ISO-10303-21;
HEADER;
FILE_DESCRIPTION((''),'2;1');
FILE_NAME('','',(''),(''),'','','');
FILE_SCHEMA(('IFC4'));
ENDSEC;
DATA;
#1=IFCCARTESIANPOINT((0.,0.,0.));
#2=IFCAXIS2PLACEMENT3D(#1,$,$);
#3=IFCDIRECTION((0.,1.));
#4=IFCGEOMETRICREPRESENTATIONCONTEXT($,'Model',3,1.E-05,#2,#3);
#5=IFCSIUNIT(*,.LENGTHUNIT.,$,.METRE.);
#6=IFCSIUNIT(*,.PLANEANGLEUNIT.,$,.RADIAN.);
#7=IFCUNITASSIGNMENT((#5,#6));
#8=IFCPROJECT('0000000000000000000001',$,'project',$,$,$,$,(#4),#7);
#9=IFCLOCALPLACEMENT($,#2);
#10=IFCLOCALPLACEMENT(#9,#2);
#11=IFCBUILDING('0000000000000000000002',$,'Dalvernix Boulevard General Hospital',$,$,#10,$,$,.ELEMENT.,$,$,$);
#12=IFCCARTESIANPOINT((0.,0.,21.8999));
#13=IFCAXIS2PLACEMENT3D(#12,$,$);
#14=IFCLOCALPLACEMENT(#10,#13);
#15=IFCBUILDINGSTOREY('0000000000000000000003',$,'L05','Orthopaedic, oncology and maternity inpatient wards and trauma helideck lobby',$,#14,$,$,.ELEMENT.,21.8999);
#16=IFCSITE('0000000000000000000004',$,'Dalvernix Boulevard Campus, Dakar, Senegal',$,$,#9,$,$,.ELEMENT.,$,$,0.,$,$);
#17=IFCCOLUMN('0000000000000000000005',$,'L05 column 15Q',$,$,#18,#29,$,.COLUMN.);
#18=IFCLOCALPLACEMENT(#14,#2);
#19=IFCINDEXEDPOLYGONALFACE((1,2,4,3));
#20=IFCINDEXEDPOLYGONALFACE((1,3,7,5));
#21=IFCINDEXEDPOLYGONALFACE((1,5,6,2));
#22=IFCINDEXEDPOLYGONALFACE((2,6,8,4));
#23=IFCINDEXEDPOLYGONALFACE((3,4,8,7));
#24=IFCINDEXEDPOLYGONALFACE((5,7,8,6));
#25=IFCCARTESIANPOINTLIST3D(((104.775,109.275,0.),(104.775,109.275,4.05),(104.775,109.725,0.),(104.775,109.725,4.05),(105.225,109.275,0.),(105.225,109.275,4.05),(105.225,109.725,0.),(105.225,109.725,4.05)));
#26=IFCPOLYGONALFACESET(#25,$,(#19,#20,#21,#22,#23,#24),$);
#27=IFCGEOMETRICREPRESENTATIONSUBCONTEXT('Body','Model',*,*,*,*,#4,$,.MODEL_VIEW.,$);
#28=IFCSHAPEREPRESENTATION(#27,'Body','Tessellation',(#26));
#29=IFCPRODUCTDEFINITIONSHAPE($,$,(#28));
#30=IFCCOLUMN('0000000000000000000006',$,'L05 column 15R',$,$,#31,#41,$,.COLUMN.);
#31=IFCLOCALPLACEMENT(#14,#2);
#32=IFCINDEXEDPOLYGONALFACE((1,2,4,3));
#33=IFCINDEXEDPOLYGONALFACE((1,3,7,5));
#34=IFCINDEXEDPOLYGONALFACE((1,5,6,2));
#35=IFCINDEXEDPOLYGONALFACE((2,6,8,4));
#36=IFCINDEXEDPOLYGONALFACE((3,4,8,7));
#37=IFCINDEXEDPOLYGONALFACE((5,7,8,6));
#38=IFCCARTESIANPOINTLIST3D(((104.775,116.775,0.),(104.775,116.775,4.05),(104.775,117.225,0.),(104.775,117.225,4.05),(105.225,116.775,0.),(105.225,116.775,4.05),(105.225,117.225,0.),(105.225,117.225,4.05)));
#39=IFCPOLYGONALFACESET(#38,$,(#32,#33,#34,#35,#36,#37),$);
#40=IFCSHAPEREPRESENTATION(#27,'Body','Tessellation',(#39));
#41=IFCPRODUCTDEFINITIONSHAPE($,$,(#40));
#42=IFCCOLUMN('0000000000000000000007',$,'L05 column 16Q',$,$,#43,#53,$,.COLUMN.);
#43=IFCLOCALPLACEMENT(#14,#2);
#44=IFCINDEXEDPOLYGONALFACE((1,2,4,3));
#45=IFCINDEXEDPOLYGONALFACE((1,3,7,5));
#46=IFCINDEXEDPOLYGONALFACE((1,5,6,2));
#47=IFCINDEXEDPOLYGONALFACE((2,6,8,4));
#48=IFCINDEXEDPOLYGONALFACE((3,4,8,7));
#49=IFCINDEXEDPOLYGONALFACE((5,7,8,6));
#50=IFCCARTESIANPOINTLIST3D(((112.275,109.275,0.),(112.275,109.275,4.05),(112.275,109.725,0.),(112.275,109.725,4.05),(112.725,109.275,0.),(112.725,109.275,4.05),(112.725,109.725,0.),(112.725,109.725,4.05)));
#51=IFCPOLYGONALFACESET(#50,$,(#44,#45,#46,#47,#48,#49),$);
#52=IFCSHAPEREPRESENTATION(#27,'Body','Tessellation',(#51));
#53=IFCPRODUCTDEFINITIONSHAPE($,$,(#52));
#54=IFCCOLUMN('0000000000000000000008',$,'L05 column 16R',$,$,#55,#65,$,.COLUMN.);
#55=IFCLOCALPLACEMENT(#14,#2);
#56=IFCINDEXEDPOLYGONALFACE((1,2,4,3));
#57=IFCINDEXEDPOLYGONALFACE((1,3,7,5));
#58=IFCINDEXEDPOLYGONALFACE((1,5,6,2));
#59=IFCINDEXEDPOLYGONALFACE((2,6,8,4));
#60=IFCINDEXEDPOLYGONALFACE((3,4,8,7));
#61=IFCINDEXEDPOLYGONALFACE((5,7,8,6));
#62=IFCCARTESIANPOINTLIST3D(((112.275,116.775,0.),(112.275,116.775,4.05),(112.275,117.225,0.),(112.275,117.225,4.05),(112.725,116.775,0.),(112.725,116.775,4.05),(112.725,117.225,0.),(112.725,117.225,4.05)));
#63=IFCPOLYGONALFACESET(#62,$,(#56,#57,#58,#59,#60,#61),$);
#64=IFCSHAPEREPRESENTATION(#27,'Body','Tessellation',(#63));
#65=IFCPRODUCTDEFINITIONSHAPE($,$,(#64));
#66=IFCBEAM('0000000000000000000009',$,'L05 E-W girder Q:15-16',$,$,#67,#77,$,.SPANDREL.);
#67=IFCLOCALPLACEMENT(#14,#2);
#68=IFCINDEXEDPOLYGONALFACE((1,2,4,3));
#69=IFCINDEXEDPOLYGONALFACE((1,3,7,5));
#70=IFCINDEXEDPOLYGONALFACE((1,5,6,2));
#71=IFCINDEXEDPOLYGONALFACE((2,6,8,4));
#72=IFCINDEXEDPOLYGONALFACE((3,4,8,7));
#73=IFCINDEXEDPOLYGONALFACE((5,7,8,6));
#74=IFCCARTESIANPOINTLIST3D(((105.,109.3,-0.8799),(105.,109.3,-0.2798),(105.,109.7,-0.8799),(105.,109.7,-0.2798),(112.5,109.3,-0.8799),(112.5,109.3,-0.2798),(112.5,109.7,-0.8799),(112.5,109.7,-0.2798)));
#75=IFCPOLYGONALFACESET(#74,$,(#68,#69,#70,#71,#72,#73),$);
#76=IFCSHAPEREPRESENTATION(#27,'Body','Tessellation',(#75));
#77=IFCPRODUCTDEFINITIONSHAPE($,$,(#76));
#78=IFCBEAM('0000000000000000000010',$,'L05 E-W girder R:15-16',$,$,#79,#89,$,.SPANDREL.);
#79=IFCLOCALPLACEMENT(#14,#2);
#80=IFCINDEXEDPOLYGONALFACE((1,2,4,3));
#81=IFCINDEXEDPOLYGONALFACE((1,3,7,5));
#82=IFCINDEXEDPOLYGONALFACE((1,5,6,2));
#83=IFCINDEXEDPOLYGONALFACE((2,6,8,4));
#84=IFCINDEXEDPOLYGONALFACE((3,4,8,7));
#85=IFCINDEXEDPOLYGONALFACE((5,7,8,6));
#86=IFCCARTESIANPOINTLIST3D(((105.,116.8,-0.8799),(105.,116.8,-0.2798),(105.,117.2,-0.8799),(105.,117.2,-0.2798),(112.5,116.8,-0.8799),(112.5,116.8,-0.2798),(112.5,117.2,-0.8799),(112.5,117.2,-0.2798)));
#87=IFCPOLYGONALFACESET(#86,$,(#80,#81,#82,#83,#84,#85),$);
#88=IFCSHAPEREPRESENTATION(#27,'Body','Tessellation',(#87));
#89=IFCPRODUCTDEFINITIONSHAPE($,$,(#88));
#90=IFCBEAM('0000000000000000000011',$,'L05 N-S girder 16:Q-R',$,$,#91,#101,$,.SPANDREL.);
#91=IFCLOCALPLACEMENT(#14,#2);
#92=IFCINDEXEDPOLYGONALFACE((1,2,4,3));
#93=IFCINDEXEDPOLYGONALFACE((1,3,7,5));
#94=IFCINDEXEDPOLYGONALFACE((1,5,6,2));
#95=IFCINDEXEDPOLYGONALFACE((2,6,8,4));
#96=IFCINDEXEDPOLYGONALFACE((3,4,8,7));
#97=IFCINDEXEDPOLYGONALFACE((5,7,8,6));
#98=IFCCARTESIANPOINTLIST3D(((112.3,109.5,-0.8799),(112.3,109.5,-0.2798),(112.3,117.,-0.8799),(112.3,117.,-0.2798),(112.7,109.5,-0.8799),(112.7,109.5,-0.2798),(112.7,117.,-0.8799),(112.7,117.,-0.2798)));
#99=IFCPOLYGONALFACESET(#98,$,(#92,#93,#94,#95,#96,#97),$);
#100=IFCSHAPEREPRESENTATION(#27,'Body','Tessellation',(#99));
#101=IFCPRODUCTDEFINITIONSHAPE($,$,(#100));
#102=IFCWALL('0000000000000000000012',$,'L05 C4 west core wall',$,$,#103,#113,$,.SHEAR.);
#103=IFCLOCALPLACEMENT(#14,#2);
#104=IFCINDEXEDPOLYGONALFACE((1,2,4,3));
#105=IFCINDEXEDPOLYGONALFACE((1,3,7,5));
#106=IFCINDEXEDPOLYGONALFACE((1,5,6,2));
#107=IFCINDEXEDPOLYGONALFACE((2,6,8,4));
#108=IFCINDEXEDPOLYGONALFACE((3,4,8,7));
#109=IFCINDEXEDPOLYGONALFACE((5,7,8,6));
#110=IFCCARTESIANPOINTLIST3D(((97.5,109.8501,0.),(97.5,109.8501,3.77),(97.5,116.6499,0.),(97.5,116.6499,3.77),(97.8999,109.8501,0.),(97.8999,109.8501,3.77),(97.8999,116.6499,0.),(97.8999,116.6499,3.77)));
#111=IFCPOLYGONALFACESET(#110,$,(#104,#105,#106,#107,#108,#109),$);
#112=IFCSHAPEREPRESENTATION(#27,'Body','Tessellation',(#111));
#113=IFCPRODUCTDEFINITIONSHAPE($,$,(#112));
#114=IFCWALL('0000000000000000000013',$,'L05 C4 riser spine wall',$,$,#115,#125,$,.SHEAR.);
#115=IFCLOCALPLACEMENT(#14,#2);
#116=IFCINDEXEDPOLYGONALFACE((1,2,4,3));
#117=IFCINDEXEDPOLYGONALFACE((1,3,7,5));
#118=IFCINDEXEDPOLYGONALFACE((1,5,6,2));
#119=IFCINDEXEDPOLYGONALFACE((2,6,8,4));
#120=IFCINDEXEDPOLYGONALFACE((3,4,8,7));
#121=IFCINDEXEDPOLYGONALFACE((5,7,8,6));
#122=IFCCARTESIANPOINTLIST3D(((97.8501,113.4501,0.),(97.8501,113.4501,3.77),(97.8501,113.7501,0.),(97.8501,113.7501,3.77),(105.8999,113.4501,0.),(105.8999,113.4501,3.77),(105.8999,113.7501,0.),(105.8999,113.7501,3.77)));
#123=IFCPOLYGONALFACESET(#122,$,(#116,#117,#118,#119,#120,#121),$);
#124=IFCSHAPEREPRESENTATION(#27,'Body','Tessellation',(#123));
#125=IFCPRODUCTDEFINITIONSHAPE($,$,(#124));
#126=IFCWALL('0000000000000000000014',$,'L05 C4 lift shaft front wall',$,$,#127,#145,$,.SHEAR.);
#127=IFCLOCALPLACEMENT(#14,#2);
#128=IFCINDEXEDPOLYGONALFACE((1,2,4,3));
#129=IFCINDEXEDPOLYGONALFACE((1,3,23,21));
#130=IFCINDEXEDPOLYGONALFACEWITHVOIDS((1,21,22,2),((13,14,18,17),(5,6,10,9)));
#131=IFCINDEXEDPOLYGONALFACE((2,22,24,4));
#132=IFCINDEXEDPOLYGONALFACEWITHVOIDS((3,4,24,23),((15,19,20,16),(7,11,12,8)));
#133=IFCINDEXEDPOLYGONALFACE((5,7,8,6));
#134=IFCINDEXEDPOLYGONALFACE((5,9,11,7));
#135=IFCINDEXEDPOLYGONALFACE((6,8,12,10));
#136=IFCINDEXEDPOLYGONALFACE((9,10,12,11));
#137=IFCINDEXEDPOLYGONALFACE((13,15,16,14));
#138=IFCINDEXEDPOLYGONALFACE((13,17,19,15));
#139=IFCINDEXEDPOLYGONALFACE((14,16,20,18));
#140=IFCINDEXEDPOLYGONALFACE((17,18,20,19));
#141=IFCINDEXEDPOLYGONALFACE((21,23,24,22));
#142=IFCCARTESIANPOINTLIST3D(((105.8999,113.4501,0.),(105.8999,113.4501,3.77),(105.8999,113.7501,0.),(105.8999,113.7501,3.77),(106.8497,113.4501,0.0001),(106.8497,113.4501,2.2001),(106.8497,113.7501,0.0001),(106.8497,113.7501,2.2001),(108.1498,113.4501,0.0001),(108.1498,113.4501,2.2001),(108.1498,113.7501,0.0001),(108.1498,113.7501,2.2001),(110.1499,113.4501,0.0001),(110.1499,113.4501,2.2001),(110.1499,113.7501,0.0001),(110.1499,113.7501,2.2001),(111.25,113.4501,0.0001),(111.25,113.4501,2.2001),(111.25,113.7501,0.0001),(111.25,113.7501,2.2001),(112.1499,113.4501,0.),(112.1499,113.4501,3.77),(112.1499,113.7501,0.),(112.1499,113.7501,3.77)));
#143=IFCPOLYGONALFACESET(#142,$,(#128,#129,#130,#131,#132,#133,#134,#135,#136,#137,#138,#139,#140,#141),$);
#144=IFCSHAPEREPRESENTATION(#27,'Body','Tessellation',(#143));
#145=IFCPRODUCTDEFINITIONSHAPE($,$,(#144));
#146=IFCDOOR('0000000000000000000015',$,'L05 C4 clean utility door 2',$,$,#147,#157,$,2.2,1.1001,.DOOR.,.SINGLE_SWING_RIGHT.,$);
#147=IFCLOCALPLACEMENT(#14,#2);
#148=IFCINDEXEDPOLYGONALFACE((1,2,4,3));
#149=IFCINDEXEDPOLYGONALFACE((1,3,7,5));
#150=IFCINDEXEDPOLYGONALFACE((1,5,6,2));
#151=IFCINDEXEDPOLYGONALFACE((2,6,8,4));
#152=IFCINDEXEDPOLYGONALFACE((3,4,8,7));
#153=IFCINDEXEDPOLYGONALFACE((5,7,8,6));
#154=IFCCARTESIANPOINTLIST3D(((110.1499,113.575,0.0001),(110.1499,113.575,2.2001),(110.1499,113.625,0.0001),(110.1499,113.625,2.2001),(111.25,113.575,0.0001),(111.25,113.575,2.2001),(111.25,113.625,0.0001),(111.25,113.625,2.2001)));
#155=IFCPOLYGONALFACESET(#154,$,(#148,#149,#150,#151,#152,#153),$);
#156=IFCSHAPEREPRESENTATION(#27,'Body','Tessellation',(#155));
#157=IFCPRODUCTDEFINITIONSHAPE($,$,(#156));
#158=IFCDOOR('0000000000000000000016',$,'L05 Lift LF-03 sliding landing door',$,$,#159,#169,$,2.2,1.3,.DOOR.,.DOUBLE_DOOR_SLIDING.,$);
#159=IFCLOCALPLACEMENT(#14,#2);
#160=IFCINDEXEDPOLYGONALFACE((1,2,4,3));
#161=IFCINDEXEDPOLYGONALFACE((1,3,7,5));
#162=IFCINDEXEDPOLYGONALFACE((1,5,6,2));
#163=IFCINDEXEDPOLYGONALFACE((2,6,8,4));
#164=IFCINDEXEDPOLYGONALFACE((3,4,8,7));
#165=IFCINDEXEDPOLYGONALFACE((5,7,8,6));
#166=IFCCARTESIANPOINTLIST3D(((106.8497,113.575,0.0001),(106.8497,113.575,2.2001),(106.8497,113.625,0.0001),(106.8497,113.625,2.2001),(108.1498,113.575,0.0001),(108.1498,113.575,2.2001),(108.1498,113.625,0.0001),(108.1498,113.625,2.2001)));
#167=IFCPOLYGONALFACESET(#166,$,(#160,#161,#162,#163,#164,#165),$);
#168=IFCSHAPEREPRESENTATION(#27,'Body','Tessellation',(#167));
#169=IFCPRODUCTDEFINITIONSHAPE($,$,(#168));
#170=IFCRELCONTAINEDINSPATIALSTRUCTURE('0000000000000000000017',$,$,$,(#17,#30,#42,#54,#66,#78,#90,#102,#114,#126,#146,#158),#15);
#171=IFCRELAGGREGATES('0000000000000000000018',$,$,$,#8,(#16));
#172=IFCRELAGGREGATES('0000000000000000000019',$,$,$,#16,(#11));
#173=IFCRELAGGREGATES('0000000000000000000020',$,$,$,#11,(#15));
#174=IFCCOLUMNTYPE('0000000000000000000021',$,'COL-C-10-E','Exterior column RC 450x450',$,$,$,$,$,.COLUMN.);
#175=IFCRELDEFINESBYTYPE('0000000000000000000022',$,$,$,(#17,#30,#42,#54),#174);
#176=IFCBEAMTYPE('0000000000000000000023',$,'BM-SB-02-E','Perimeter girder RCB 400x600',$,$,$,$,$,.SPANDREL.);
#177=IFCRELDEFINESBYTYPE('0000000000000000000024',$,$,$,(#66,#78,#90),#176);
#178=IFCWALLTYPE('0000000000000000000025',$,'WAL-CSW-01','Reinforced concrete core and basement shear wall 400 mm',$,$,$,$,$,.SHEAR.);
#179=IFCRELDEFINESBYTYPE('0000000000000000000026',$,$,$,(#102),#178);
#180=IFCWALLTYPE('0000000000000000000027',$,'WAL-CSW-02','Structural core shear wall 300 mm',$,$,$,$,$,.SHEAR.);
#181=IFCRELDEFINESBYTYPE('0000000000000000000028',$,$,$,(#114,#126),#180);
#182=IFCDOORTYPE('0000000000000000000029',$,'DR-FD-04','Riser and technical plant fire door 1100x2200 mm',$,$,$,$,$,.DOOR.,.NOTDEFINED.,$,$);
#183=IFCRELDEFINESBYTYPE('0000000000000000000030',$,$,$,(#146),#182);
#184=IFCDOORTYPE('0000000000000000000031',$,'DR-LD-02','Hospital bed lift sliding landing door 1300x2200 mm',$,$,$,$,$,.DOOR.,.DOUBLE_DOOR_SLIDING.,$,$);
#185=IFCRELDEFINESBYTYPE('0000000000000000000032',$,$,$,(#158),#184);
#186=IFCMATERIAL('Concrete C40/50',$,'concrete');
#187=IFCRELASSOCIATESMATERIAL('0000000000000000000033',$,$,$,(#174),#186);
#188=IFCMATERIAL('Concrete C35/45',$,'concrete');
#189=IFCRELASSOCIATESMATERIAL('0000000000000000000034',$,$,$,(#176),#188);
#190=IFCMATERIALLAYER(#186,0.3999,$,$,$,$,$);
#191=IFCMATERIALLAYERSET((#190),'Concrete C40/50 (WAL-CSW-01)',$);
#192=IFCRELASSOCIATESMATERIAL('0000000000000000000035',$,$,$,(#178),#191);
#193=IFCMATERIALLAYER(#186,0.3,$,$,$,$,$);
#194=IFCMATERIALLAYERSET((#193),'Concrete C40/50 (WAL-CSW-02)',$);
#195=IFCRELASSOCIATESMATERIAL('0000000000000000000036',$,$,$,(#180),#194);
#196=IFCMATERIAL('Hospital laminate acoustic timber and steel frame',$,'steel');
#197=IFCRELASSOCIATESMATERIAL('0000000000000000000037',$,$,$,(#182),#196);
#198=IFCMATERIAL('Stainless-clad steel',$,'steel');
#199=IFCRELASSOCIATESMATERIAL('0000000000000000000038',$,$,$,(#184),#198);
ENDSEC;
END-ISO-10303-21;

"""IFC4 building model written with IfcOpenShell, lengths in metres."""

from ifc_helpers import new_model, si_unit, direction, frame, frame_2d, origin, origin_2d, place, context, subcontext, project, spatial, rectangle, extrude, material, layer, layer_set, material_profile, profile_set, type_object, element, fill, save


model = new_model("IFC4")

# Units and contexts
model_context = context("Model", 3, precision=1e-05, world=origin(), true_north=direction((0.0, 1.0)))
body_context = subcontext(model_context, "Body", "Model", "MODEL_VIEW")
ifc_project = project(units=[si_unit("LENGTHUNIT", "METRE"), si_unit("PLANEANGLEUNIT", "RADIAN")], contexts=[model_context])

# Site, building, storey
site_placement = place(None, origin())
site = spatial("IfcSite", under=ifc_project, at=site_placement, Name="Dalvernix Boulevard Campus, Dakar, Senegal", CompositionType="ELEMENT", RefElevation=0.0)
building_placement = place(site_placement, origin())
building = spatial("IfcBuilding", under=site, at=building_placement, Name="Dalvernix Boulevard General Hospital", CompositionType="ELEMENT")
storey_placement = place(building_placement, frame((0.0, 0.0, 21.8999)))
storey = spatial("IfcBuildingStorey", under=building, at=storey_placement, Name="L05", Description="Orthopaedic, oncology and maternity inpatient wards and trauma helideck lobby", CompositionType="ELEMENT", Elevation=21.8999)

# Columns
ifc_material_1 = material(Name="Concrete C40/50", Category="concrete")
ifc_material_profile_1 = material_profile(ifc_material_1, rectangle(XDim=0.45, YDim=0.45, at=origin_2d()), Name="RC 450x450")
ifc_profile_set_1 = profile_set([ifc_material_profile_1], Name="Concrete C40/50")
column_type = type_object("IfcColumnType", Name="COL-C-10-E", Description="Exterior column RC 450x450", PredefinedType="COLUMN", material=ifc_profile_set_1)
for number, where, z_axis, x_axis, name in (
    (1, (105.0, 109.5, 0.0), (0.0, 0.0, 1.0), (1.0, 0.0, 0.0), "L05 column 15Q"),
    (2, (105.0, 117.0, 0.0), (0.0, 0.0, 1.0), (1.0, 0.0, 0.0), "L05 column 15R"),
    (3, (112.5, 109.5, 0.0), (0.0, 0.0, 1.0), (1.0, 0.0, 0.0), "L05 column 16Q"),
    (4, (112.5, 117.0, 0.0), (0.0, 0.0, 1.0), (1.0, 0.0, 0.0), "L05 column 16R"),
):
    element("IfcColumn", number, at=place(storey_placement, frame(where, z_axis=z_axis, x_axis=x_axis)), inside=storey, type_object=column_type, Name=name, PredefinedType="COLUMN", context=body_context, shape_type="SweptSolid", body=[
        extrude(rectangle(XDim=0.45, YDim=0.45, at=origin_2d()), origin(), (0.0, 0.0, 1.0), 4.05),
    ])

# Beams
ifc_material_2 = material(Name="Concrete C35/45", Category="concrete")
ifc_material_profile_2 = material_profile(ifc_material_2, rectangle(XDim=0.3999, YDim=0.6001, at=origin_2d()), Name="RCB 400x600")
ifc_profile_set_2 = profile_set([ifc_material_profile_2], Name="Concrete C35/45")
beam_type = type_object("IfcBeamType", Name="BM-SB-02-E", Description="Perimeter girder RCB 400x600", PredefinedType="SPANDREL", material=ifc_profile_set_2)
for number, where, z_axis, x_axis, name in (
    (5, (105.0, 109.5, -0.5798), (1.0, 0.0, 0.0), (0.0, 1.0, 0.0), "L05 E-W girder Q:15-16"),
    (6, (105.0, 117.0, -0.5798), (1.0, 0.0, 0.0), (0.0, 1.0, 0.0), "L05 E-W girder R:15-16"),
    (7, (112.5, 109.5, -0.5798), (0.0, 1.0, 0.0), (-1.0, 0.0, 0.0), "L05 N-S girder 16:Q-R"),
):
    element("IfcBeam", number, at=place(storey_placement, frame(where, z_axis=z_axis, x_axis=x_axis)), inside=storey, type_object=beam_type, Name=name, PredefinedType="SPANDREL", context=body_context, shape_type="SweptSolid", body=[
        extrude(rectangle(XDim=0.3999, YDim=0.6001, at=origin_2d()), origin(), (0.0, 0.0, 1.0), 7.5),
    ])

# Walls
ifc_layer_1 = layer(ifc_material_1, 0.3999)
ifc_layer_set_1 = layer_set([ifc_layer_1], Name="Concrete C40/50 (WAL-CSW-01)")
wall_type_1 = type_object("IfcWallType", Name="WAL-CSW-01", Description="Reinforced concrete core and basement shear wall 400 mm", PredefinedType="SHEAR", material=ifc_layer_set_1)
wall_1_placement = place(storey_placement, frame((97.7, 109.8501, 0.0), z_axis=(0.0, 0.0, 1.0), x_axis=(0.0, 1.0, 0.0)))
element("IfcWall", 8, at=wall_1_placement, inside=storey, type_object=wall_type_1, Name="L05 C4 west core wall", PredefinedType="SHEAR", context=body_context, shape_type="SweptSolid", body=[
    extrude(rectangle(XDim=6.7998, YDim=0.3999, at=frame_2d((3.3999, 0.0))), origin(), (0.0, 0.0, 1.0), 3.77),
])
ifc_layer_2 = layer(ifc_material_1, 0.3)
ifc_layer_set_2 = layer_set([ifc_layer_2], Name="Concrete C40/50 (WAL-CSW-02)")
wall_type_2 = type_object("IfcWallType", Name="WAL-CSW-02", Description="Structural core shear wall 300 mm", PredefinedType="SHEAR", material=ifc_layer_set_2)
wall_2_placement = place(storey_placement, frame((97.8501, 113.6001, 0.0), z_axis=(0.0, 0.0, 1.0), x_axis=(1.0, 0.0, 0.0)))
element("IfcWall", 9, at=wall_2_placement, inside=storey, type_object=wall_type_2, Name="L05 C4 riser spine wall", PredefinedType="SHEAR", context=body_context, shape_type="SweptSolid", body=[
    extrude(rectangle(XDim=8.0498, YDim=0.3, at=frame_2d((4.0249, 0.0))), origin(), (0.0, 0.0, 1.0), 3.77),
])

# Wall, openings, doors
wall_3_placement = place(storey_placement, frame((105.8999, 113.6001, 0.0), z_axis=(0.0, 0.0, 1.0), x_axis=(1.0, 0.0, 0.0)))
wall_3 = element("IfcWall", 10, at=wall_3_placement, inside=storey, type_object=wall_type_2, Name="L05 C4 lift shaft front wall", PredefinedType="SHEAR", context=body_context, shape_type="SweptSolid", body=[
    extrude(rectangle(XDim=6.25, YDim=0.3, at=frame_2d((3.125, 0.0))), origin(), (0.0, 0.0, 1.0), 3.77),
])
opening_1_placement = place(wall_3_placement, frame((0.95, 0.0, 0.0)))
opening_1 = element("IfcOpeningElement", 11, at=opening_1_placement, cuts=wall_3, PredefinedType="OPENING", context=body_context, shape_type="SweptSolid", body=[
    extrude(rectangle(XDim=1.3, YDim=2.2, at=frame_2d((0.6499, 1.1001))), frame((0.0, 0.1599, 0.0), z_axis=(0.0, -1.0, 0.0), x_axis=(1.0, 0.0, 0.0)), (0.0, 0.0, 1.0), 0.3201),
])
opening_2_placement = place(wall_3_placement, frame((4.25, 0.0, 0.0)))
opening_2 = element("IfcOpeningElement", 12, at=opening_2_placement, cuts=wall_3, PredefinedType="OPENING", context=body_context, shape_type="SweptSolid", body=[
    extrude(rectangle(XDim=1.1001, YDim=2.2, at=frame_2d((0.55, 1.1001))), frame((0.0, 0.1599, 0.0), z_axis=(0.0, -1.0, 0.0), x_axis=(1.0, 0.0, 0.0)), (0.0, 0.0, 1.0), 0.3201),
])
ifc_material_3 = material(Name="Hospital laminate acoustic timber and steel frame", Category="steel")
door_type_1 = type_object("IfcDoorType", Name="DR-FD-04", Description="Riser and technical plant fire door 1100x2200 mm", OperationType="NOTDEFINED", PredefinedType="DOOR", material=ifc_material_3)
door_1_placement = place(opening_2_placement, origin())
door_1 = element("IfcDoor", 13, at=door_1_placement, inside=storey, type_object=door_type_1, Name="L05 C4 clean utility door 2", OperationType="SINGLE_SWING_RIGHT", OverallHeight=2.2, OverallWidth=1.1001, PredefinedType="DOOR", context=body_context, shape_type="SweptSolid", body=[
    extrude(rectangle(XDim=1.1001, YDim=2.2, at=frame_2d((0.55, 1.1001))), frame((0.0, 0.0249, 0.0), z_axis=(0.0, -1.0, 0.0), x_axis=(1.0, 0.0, 0.0)), (0.0, 0.0, 1.0), 0.05),
])
fill(opening_2, door_1)
ifc_material_4 = material(Name="Stainless-clad steel", Category="steel")
door_type_2 = type_object("IfcDoorType", Name="DR-LD-02", Description="Hospital bed lift sliding landing door 1300x2200 mm", OperationType="DOUBLE_DOOR_SLIDING", PredefinedType="DOOR", material=ifc_material_4)
door_2_placement = place(opening_1_placement, origin())
door_2 = element("IfcDoor", 14, at=door_2_placement, inside=storey, type_object=door_type_2, Name="L05 Lift LF-03 sliding landing door", OperationType="DOUBLE_DOOR_SLIDING", OverallHeight=2.2, OverallWidth=1.3, PredefinedType="DOOR", context=body_context, shape_type="SweptSolid", body=[
    extrude(rectangle(XDim=1.3, YDim=2.2, at=frame_2d((0.6499, 1.1001))), frame((0.0, 0.0249, 0.0), z_axis=(0.0, -1.0, 0.0), x_axis=(1.0, 0.0, 0.0)), (0.0, 0.0, 1.0), 0.05),
])
fill(opening_1, door_2)

save(model, "model.ifc")
